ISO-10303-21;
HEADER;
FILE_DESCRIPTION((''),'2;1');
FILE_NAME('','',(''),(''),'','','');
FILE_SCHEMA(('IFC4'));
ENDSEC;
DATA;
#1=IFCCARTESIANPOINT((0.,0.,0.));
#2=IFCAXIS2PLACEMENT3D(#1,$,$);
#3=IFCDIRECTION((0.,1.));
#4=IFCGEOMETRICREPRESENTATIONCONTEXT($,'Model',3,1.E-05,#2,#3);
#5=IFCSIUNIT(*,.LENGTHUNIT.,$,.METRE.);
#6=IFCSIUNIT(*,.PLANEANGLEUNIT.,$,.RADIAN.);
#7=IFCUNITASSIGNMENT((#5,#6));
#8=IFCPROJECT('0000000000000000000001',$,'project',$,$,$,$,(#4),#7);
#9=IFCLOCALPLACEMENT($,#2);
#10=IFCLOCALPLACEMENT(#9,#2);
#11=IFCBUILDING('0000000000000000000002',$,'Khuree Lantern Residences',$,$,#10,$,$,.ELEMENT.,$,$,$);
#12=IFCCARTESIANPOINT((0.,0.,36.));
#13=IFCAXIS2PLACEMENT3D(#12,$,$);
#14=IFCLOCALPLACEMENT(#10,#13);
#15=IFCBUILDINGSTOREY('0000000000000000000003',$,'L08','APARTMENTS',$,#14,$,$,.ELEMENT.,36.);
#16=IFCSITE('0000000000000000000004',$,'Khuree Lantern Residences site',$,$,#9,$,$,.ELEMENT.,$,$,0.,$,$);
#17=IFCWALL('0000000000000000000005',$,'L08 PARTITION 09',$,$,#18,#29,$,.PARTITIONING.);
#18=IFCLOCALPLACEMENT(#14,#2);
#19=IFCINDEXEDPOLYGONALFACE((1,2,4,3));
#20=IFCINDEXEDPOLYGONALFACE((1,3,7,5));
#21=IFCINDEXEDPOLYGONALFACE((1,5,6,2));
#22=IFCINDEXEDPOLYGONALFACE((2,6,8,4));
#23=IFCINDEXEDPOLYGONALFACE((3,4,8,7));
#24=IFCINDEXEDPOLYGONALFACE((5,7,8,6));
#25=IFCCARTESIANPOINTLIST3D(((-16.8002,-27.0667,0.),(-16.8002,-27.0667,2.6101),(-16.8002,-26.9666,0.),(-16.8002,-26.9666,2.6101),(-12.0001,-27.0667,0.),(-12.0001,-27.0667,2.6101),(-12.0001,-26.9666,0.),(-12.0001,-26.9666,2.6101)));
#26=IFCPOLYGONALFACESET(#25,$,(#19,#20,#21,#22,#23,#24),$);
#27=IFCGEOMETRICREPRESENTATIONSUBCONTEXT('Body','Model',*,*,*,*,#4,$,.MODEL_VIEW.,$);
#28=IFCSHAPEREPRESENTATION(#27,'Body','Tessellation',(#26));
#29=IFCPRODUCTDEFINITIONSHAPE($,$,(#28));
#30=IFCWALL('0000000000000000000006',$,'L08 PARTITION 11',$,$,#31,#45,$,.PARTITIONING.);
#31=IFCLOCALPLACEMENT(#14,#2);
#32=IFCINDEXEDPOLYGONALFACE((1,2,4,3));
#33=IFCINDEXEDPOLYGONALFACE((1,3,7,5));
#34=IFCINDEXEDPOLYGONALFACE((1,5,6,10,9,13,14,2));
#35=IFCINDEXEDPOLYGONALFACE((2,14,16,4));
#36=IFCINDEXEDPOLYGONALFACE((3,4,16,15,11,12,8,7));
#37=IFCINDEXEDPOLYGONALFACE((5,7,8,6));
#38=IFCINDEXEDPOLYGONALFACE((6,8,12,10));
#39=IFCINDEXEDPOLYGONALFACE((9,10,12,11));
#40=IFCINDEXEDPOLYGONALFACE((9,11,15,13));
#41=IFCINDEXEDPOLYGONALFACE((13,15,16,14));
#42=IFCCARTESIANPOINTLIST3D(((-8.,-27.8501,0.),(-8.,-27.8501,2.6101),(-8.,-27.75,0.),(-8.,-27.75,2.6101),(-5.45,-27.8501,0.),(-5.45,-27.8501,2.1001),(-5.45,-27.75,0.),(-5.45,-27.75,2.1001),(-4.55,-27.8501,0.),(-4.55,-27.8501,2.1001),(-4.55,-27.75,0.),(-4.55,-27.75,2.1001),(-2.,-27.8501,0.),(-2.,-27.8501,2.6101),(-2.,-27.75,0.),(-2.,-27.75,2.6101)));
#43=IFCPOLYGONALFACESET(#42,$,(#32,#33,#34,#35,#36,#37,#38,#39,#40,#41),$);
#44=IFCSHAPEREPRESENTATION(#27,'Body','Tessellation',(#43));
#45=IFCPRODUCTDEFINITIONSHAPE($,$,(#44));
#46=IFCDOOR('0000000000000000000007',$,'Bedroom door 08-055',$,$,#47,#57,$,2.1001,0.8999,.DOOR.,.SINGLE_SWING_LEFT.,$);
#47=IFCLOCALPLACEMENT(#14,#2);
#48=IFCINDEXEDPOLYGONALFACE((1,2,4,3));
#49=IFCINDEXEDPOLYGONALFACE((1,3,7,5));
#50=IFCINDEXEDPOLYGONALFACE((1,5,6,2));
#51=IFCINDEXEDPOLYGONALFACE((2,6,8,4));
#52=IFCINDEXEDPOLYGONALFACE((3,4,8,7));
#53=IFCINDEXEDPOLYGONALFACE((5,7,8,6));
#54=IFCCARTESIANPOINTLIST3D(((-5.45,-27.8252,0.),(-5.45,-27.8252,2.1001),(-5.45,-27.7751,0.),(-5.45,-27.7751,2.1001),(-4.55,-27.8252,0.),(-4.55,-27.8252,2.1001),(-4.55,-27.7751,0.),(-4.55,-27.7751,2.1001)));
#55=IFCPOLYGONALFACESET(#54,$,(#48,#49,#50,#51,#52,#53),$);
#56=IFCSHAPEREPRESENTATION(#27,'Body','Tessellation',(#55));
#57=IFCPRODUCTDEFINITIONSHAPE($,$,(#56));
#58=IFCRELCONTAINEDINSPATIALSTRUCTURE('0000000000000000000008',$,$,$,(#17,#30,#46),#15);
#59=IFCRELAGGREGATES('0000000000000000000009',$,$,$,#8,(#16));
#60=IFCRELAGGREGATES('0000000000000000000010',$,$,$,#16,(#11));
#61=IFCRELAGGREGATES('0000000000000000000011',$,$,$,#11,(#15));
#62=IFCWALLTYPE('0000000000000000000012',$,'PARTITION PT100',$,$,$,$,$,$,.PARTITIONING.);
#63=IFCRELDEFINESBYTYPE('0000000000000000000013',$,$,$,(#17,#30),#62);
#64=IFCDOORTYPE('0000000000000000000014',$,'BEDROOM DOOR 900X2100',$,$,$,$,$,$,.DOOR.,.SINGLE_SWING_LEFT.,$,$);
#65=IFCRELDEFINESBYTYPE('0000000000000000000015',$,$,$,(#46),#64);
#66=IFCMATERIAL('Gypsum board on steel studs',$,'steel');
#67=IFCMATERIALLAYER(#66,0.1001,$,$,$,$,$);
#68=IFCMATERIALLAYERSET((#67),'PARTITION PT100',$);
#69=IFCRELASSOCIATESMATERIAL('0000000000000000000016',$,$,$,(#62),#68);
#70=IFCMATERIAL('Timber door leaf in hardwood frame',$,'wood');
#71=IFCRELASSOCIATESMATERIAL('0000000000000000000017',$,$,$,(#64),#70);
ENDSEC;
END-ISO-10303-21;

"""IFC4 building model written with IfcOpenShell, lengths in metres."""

from ifc_helpers import new_model, si_unit, direction, frame, frame_2d, origin, place, context, subcontext, project, spatial, rectangle, extrude, material, layer, layer_set, type_object, element, fill, save


model = new_model("IFC4")

# Units and contexts
model_context = context("Model", 3, precision=1e-05, world=origin(), true_north=direction((0.0, 1.0)))
body_context = subcontext(model_context, "Body", "Model", "MODEL_VIEW")
ifc_project = project(units=[si_unit("LENGTHUNIT", "METRE"), si_unit("PLANEANGLEUNIT", "RADIAN")], contexts=[model_context])

# Site, building, storey
site_placement = place(None, origin())
site = spatial("IfcSite", under=ifc_project, at=site_placement, Name="Khuree Lantern Residences site", CompositionType="ELEMENT", RefElevation=0.0)
building_placement = place(site_placement, origin())
building = spatial("IfcBuilding", under=site, at=building_placement, Name="Khuree Lantern Residences", CompositionType="ELEMENT")
storey_placement = place(building_placement, frame((0.0, 0.0, 36.0)))
storey = spatial("IfcBuildingStorey", under=building, at=storey_placement, Name="L08", Description="APARTMENTS", CompositionType="ELEMENT", Elevation=36.0)

# Shared definitions
ifc_material_1 = material(Name="Timber door leaf in hardwood frame", Category="wood")

# Shared definitions
ifc_material_2 = material(Name="Gypsum board on steel studs", Category="steel")
ifc_layer_1 = layer(ifc_material_2, 0.1001)
ifc_layer_set_1 = layer_set([ifc_layer_1], Name="PARTITION PT100")
wall_type_1 = type_object("IfcWallType", Name="PARTITION PT100", PredefinedType="PARTITIONING", material=ifc_layer_set_1)

# Shared definitions
door_type_1 = type_object("IfcDoorType", Name="BEDROOM DOOR 900X2100", OperationType="SINGLE_SWING_LEFT", PredefinedType="DOOR", material=ifc_material_1)

# Wall
wall_1_placement = place(storey_placement, frame((-16.8, -27.0166, 0.0), z_axis=(0.0, 0.0, 1.0), x_axis=(1.0, 0.0, 0.0)))
element("IfcWall", 1, at=wall_1_placement, inside=storey, type_object=wall_type_1, Name="L08 PARTITION 09", PredefinedType="PARTITIONING", context=body_context, shape_type="SweptSolid", body=[
    extrude(rectangle(XDim=4.8, YDim=0.1001, at=frame_2d((2.3999, 0.0))), origin(), (0.0, 0.0, 1.0), 2.6101),
])

# Wall, opening, door
wall_2_placement = place(storey_placement, frame((-8.0, -27.8, 0.0), z_axis=(0.0, 0.0, 1.0), x_axis=(1.0, 0.0, 0.0)))
wall_2 = element("IfcWall", 2, at=wall_2_placement, inside=storey, type_object=wall_type_1, Name="L08 PARTITION 11", PredefinedType="PARTITIONING", context=body_context, shape_type="SweptSolid", body=[
    extrude(rectangle(XDim=6.0, YDim=0.1001, at=frame_2d((3.0, 0.0))), origin(), (0.0, 0.0, 1.0), 2.6101),
])
opening_1_placement = place(wall_2_placement, frame((2.55, 0.0, 0.0)))
opening_1 = element("IfcOpeningElement", 3, at=opening_1_placement, cuts=wall_2, PredefinedType="OPENING", context=body_context, shape_type="SweptSolid", body=[
    extrude(rectangle(XDim=0.8999, YDim=2.1001, at=frame_2d((0.45, 1.05))), frame((0.0, 0.0601, 0.0), z_axis=(0.0, -1.0, 0.0), x_axis=(1.0, 0.0, 0.0)), (0.0, 0.0, 1.0), 0.1201),
])
door_1_placement = place(opening_1_placement, origin())
door_1 = element("IfcDoor", 4, at=door_1_placement, inside=storey, type_object=door_type_1, Name="Bedroom door 08-055", OperationType="SINGLE_SWING_LEFT", OverallHeight=2.1001, OverallWidth=0.8999, PredefinedType="DOOR", context=body_context, shape_type="SweptSolid", body=[
    extrude(rectangle(XDim=0.8999, YDim=2.1001, at=frame_2d((0.45, 1.05))), frame((0.0, 0.0249, 0.0), z_axis=(0.0, -1.0, 0.0), x_axis=(1.0, 0.0, 0.0)), (0.0, 0.0, 1.0), 0.05),
])
fill(opening_1, door_1)

save(model, "model.ifc")
